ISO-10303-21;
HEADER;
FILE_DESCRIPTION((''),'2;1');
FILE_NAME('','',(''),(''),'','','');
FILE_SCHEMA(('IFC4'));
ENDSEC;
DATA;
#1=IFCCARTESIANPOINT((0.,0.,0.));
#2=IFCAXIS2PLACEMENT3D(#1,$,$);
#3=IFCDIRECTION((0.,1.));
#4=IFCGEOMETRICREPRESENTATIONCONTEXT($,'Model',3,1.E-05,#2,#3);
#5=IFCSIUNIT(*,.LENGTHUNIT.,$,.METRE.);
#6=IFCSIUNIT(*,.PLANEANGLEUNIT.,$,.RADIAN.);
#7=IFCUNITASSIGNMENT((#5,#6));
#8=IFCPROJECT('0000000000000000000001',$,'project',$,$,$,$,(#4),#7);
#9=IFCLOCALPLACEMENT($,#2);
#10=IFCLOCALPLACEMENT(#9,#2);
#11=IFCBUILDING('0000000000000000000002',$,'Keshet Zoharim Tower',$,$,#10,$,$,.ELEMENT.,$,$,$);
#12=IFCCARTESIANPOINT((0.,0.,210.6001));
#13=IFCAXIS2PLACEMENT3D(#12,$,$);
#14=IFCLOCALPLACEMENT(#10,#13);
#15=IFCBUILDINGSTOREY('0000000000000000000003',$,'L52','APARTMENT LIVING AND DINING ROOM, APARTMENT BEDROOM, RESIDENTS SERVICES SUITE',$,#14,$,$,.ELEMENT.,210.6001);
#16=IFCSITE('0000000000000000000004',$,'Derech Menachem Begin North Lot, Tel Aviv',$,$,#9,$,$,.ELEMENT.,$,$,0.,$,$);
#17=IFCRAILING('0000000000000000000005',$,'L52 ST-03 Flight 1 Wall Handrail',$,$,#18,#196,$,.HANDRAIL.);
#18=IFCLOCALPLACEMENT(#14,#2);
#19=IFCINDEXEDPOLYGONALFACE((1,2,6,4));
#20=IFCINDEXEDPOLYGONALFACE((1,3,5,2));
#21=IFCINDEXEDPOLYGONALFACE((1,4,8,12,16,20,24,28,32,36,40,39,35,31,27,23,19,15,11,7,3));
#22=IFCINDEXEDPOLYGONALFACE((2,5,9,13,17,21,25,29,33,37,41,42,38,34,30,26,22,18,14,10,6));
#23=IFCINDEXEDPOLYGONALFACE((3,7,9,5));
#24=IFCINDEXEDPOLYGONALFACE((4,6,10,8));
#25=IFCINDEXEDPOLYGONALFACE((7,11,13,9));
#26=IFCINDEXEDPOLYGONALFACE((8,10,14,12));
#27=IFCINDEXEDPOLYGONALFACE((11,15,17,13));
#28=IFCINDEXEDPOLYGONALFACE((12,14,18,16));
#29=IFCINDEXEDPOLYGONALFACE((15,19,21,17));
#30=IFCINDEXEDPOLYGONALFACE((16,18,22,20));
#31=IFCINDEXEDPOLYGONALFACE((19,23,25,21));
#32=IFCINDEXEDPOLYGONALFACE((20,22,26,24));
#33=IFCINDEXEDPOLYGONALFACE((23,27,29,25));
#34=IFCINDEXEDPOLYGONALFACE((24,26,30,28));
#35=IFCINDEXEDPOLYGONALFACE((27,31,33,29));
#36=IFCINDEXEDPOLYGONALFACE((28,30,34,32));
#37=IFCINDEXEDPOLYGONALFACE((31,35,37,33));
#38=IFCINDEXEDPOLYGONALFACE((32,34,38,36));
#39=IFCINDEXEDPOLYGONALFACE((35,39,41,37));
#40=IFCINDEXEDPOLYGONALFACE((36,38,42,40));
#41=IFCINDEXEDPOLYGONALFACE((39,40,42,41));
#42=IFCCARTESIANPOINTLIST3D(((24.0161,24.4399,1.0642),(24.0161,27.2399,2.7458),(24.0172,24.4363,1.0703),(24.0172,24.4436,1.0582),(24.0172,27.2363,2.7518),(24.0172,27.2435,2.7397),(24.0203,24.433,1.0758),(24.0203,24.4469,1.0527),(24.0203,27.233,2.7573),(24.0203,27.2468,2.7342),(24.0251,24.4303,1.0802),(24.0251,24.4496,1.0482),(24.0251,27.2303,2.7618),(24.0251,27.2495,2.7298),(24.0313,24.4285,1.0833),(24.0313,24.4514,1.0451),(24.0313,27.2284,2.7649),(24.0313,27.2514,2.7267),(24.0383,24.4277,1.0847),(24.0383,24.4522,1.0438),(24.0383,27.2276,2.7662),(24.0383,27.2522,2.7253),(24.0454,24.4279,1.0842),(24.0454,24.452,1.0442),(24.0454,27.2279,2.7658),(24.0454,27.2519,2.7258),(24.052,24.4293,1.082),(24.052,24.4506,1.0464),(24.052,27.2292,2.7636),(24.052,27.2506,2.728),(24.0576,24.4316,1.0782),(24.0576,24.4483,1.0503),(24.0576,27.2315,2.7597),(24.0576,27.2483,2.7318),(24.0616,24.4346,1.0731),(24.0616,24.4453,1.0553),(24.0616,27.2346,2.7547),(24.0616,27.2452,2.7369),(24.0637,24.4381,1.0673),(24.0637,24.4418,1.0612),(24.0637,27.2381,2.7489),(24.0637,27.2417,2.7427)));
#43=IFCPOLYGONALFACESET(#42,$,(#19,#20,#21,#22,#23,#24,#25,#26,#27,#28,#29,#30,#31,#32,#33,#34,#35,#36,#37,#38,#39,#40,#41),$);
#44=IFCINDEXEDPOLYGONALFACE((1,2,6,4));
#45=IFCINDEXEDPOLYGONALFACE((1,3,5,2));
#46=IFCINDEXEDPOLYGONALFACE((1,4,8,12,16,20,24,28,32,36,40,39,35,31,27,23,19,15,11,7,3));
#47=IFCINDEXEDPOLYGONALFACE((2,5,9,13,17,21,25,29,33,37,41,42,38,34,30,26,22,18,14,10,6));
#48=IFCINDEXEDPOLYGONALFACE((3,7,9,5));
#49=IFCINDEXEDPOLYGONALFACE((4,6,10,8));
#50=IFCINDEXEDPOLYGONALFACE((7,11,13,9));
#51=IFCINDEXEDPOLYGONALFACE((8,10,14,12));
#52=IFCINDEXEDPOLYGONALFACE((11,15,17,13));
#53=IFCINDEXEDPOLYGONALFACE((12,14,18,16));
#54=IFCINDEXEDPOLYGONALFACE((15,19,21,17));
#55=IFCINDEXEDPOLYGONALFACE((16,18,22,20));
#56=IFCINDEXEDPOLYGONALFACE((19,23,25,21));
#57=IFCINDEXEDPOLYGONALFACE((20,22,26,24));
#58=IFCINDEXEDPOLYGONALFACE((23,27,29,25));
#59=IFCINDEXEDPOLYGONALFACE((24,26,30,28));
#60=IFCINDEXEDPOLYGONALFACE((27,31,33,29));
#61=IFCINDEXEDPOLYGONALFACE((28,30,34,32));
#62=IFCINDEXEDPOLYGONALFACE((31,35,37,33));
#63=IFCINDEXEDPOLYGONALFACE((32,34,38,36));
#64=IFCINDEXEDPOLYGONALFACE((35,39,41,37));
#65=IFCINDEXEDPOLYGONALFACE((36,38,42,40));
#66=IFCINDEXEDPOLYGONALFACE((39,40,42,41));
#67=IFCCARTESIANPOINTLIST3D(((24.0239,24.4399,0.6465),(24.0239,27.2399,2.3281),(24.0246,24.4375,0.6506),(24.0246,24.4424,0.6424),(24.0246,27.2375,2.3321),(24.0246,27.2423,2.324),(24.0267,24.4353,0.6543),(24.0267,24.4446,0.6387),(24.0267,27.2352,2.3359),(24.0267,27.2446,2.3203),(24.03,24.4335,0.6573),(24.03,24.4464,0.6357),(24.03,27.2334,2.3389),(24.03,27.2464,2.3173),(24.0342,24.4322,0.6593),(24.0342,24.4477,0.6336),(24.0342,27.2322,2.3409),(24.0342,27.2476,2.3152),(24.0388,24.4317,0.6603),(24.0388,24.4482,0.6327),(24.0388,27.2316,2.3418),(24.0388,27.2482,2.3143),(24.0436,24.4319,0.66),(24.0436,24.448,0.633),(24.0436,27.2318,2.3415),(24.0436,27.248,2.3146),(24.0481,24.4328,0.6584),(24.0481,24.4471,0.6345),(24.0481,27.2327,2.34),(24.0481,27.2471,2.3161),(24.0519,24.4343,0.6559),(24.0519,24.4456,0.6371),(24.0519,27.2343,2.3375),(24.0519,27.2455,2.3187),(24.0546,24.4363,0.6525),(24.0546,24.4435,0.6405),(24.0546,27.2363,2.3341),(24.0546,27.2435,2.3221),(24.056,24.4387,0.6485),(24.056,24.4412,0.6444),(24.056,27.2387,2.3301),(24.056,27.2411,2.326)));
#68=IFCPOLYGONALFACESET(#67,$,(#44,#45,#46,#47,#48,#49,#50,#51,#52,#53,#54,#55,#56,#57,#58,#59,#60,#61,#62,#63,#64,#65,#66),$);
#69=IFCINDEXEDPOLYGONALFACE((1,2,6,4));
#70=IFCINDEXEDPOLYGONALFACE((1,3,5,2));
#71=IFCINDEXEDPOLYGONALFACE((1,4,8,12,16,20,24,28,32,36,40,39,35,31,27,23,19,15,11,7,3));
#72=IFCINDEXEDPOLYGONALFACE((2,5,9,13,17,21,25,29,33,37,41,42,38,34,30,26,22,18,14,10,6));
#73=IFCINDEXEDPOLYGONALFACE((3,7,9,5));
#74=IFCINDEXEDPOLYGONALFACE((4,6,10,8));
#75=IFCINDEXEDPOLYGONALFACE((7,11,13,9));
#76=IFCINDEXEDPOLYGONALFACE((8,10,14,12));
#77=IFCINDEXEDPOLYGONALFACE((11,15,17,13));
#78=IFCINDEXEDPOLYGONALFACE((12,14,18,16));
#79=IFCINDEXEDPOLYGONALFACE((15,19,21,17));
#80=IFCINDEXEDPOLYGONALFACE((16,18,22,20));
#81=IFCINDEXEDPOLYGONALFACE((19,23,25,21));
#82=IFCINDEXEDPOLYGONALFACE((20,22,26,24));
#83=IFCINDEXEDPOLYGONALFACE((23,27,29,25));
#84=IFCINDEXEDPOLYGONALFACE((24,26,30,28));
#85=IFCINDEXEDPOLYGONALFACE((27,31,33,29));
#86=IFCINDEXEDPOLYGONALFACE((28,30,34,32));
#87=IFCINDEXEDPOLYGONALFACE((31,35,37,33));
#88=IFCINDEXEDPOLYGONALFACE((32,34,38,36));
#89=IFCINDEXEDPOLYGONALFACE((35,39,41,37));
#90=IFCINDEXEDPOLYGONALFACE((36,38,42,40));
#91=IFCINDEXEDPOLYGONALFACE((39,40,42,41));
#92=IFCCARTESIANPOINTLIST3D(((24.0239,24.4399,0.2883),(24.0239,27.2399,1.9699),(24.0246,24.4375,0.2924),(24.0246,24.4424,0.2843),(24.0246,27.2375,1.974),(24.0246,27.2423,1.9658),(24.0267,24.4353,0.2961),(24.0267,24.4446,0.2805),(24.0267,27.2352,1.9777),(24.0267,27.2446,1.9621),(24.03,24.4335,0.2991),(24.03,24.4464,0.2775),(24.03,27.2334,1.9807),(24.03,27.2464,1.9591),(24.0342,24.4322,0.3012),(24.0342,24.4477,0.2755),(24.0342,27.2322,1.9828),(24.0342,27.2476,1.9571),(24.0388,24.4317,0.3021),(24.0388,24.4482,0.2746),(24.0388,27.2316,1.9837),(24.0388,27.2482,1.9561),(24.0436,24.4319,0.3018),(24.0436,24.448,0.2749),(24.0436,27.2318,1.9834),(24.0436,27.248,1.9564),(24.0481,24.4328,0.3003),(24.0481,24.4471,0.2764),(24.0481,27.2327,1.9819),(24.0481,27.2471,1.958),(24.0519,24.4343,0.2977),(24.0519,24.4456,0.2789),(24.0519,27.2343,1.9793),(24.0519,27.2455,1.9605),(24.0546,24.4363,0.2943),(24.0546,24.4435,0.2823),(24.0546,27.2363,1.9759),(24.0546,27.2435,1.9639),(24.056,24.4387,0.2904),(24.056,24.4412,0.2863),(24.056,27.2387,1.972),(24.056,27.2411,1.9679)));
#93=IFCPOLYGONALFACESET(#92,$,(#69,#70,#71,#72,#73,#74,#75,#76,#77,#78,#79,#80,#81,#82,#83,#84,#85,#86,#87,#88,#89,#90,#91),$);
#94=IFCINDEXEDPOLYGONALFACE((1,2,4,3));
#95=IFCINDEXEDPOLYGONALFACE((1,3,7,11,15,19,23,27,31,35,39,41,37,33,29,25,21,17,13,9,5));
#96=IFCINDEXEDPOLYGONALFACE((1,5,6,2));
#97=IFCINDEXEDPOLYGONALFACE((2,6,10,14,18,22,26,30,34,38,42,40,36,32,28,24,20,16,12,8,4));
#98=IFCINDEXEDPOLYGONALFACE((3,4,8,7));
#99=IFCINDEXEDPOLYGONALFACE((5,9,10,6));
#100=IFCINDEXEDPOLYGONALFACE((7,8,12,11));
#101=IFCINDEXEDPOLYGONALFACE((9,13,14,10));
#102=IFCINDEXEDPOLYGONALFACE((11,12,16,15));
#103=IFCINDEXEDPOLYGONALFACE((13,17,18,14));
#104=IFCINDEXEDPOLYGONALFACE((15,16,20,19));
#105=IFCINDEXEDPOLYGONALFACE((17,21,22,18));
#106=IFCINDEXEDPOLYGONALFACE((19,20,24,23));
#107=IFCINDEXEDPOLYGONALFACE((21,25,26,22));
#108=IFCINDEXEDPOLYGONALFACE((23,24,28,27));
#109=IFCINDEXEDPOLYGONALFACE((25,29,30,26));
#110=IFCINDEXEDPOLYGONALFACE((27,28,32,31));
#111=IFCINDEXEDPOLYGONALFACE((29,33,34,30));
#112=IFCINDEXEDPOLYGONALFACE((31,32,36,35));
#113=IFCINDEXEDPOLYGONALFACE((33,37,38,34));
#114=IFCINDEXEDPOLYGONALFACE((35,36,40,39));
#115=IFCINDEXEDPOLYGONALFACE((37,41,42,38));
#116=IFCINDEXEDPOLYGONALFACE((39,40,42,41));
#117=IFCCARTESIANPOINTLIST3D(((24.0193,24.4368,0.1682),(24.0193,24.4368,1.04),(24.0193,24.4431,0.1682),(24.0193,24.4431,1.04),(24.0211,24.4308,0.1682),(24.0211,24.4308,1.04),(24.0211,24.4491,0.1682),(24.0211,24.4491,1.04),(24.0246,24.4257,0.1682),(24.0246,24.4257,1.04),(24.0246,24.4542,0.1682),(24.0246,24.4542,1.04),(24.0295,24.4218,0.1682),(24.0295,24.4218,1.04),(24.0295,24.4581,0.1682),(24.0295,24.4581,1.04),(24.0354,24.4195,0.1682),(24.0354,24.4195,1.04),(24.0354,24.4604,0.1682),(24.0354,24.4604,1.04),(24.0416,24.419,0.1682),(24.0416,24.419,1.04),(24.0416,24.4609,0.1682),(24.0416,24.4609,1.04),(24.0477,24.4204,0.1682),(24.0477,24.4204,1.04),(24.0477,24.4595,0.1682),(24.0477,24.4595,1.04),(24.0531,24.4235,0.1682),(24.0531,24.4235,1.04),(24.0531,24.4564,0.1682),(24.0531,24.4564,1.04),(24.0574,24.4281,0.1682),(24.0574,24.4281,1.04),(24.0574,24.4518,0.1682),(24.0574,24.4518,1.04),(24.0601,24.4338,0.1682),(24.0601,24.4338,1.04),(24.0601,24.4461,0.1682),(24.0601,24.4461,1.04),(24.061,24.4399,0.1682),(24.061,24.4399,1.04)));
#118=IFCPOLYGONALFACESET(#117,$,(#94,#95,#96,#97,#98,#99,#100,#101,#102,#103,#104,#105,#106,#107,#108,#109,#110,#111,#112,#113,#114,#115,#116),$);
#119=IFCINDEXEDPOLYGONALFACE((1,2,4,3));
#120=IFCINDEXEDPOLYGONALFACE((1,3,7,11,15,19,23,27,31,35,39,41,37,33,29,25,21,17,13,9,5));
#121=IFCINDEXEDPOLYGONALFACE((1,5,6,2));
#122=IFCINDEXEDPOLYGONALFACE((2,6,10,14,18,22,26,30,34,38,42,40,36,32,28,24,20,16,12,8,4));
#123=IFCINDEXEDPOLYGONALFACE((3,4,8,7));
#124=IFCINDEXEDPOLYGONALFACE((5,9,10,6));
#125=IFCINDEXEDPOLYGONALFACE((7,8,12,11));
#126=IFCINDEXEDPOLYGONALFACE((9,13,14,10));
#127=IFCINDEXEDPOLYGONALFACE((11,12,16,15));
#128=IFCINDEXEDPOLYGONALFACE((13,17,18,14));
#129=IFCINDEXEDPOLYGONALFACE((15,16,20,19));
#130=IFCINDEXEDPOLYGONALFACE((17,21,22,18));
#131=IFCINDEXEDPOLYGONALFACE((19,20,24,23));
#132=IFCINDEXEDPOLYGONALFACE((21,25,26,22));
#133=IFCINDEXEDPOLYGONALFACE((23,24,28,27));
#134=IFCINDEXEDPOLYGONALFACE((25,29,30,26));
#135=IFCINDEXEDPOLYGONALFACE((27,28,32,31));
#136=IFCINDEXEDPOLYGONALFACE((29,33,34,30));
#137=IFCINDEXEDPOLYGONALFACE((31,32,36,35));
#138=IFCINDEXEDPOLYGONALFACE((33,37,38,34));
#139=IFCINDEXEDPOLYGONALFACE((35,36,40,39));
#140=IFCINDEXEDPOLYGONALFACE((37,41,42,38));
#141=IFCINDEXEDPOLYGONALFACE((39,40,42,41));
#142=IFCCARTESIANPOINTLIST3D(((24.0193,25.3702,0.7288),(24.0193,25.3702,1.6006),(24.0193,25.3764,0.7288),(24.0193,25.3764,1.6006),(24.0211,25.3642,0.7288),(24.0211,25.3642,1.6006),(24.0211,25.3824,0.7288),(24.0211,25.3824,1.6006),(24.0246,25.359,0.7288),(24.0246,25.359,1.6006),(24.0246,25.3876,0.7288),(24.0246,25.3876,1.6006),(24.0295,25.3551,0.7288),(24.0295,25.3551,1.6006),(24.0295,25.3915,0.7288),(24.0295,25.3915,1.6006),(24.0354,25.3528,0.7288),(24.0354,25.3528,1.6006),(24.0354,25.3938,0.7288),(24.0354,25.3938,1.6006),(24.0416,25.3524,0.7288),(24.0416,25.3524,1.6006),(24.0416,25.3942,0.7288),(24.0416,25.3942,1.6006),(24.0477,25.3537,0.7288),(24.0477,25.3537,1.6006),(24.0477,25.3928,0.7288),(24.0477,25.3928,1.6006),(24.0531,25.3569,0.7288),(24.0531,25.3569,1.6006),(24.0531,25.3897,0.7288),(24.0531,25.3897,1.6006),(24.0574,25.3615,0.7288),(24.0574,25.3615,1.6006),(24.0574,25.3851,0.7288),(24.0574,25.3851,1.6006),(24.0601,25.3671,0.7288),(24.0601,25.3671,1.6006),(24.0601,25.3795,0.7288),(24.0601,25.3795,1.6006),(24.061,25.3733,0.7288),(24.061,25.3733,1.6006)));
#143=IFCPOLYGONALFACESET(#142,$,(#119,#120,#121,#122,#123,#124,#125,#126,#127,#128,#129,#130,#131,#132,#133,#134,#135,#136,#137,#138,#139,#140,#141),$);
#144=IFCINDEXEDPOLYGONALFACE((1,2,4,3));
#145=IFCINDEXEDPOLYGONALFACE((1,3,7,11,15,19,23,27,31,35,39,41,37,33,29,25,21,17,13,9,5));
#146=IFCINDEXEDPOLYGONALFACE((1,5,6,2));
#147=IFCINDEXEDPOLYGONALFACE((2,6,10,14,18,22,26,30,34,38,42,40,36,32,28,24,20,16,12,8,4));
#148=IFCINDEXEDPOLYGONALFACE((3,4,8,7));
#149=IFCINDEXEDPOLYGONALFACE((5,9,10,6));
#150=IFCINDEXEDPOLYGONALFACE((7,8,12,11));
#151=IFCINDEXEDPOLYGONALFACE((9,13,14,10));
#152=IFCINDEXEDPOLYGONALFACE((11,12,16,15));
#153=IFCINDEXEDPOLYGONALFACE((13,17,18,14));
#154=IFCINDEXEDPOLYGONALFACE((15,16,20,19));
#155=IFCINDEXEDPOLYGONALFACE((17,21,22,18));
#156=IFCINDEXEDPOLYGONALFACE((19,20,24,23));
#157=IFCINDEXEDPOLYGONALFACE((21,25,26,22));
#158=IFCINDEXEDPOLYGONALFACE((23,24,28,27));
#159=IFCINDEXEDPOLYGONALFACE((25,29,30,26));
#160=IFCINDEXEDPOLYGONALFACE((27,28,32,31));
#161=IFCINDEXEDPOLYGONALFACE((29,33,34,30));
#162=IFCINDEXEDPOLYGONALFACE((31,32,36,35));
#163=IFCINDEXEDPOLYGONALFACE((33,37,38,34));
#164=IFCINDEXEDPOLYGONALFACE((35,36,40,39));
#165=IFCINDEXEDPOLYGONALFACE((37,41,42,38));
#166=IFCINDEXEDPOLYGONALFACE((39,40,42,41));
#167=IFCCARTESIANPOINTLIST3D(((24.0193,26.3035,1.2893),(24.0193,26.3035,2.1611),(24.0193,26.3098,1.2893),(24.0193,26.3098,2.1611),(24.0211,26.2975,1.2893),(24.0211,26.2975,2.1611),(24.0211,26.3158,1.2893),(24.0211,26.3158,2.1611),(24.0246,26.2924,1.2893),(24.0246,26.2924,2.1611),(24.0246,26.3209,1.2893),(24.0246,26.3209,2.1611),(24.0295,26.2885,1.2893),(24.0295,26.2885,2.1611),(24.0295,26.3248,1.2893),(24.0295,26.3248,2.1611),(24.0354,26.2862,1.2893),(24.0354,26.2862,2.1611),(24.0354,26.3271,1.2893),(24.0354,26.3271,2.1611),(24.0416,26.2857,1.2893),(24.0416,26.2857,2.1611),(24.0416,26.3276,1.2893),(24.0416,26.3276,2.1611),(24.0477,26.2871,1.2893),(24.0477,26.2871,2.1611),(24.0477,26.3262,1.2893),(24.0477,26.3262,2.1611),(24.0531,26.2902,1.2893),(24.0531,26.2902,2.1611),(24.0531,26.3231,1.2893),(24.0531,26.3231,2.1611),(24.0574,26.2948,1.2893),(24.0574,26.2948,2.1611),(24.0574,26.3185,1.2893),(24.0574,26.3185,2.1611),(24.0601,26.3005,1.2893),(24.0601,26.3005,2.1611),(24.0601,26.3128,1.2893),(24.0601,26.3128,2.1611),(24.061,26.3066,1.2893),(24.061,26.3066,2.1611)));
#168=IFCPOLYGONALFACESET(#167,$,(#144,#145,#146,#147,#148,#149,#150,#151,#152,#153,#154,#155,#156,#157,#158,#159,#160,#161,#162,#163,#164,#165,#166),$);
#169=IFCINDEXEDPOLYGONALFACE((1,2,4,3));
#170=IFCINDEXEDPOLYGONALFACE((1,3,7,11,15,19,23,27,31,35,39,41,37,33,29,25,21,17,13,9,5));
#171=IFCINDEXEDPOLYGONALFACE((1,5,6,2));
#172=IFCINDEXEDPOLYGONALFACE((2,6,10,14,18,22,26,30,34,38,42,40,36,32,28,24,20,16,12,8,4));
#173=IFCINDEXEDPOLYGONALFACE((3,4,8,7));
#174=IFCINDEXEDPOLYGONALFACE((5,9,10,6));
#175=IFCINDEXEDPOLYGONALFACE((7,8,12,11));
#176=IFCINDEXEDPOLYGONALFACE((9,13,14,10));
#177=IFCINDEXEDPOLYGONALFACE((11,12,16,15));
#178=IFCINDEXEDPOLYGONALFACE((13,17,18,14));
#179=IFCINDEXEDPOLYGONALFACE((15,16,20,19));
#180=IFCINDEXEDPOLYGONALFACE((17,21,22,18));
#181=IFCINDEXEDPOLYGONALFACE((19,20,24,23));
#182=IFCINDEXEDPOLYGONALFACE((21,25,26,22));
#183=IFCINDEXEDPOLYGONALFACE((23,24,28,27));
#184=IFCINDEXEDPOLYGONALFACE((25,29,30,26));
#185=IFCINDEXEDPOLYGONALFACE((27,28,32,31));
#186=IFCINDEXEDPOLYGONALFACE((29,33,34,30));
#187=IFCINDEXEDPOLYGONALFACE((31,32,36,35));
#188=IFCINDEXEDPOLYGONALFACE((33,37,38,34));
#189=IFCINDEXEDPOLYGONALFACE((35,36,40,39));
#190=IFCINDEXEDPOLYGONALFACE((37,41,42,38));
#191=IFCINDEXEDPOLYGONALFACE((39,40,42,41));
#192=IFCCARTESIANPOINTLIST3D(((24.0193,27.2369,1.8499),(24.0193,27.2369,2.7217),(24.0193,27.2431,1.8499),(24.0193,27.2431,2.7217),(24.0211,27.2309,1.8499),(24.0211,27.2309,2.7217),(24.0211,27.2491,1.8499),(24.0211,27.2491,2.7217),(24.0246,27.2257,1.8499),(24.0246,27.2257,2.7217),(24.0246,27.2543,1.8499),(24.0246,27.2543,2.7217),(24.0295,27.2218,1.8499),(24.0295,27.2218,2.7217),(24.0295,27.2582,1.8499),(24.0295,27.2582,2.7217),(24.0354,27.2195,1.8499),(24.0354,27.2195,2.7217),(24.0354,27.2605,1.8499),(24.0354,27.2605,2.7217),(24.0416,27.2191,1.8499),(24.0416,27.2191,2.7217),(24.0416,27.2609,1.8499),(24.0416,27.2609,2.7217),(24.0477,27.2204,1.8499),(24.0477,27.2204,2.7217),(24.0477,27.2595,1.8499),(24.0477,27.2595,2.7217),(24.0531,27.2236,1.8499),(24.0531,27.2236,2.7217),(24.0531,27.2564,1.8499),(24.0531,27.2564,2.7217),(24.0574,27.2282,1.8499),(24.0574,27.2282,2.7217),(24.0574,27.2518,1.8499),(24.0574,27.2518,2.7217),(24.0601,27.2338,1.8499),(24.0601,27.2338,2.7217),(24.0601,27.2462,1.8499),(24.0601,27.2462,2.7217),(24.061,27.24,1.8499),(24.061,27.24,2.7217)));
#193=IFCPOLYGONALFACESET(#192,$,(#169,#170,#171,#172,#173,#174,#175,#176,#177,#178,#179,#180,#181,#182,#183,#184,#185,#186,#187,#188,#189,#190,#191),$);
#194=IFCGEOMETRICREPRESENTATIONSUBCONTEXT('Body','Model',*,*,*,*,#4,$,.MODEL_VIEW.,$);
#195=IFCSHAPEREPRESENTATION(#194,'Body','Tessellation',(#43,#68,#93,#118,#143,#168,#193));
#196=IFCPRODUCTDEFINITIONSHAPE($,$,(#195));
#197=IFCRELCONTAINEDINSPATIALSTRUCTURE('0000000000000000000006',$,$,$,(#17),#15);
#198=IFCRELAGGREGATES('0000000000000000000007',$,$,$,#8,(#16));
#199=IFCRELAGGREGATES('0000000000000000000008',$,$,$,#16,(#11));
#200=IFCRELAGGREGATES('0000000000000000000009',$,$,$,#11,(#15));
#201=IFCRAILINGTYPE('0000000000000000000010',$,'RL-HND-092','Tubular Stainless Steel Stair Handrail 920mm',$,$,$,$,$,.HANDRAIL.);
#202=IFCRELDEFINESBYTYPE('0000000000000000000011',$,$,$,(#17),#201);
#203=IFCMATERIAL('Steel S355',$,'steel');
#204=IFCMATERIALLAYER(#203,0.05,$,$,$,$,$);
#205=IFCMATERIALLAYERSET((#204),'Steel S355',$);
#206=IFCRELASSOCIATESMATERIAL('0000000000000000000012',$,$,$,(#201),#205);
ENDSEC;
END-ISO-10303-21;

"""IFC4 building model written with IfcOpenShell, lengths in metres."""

from ifc_helpers import new_model, si_unit, direction, frame, origin, origin_2d, place, context, subcontext, project, spatial, circle, extrude, material, layer, layer_set, type_object, element, save


model = new_model("IFC4")

# Units and contexts
model_context = context("Model", 3, precision=1e-05, world=origin(), true_north=direction((0.0, 1.0)))
body_context = subcontext(model_context, "Body", "Model", "MODEL_VIEW")
ifc_project = project(units=[si_unit("LENGTHUNIT", "METRE"), si_unit("PLANEANGLEUNIT", "RADIAN")], contexts=[model_context])

# Site, building, storey
site_placement = place(None, origin())
site = spatial("IfcSite", under=ifc_project, at=site_placement, Name="Derech Menachem Begin North Lot, Tel Aviv", CompositionType="ELEMENT", RefElevation=0.0)
building_placement = place(site_placement, origin())
building = spatial("IfcBuilding", under=site, at=building_placement, Name="Keshet Zoharim Tower", CompositionType="ELEMENT")
storey_placement = place(building_placement, frame((0.0, 0.0, 210.6001)))
storey = spatial("IfcBuildingStorey", under=building, at=storey_placement, Name="L52", Description="APARTMENT LIVING AND DINING ROOM, APARTMENT BEDROOM, RESIDENTS SERVICES SUITE", CompositionType="ELEMENT", Elevation=210.6001)

# Shared definitions
ifc_material_1 = material(Name="Steel S355", Category="steel")

# Railing
ifc_layer_1 = layer(ifc_material_1, 0.05)
ifc_layer_set_1 = layer_set([ifc_layer_1], Name="Steel S355")
railing_type_1 = type_object("IfcRailingType", Name="RL-HND-092", Description="Tubular Stainless Steel Stair Handrail 920mm", PredefinedType="HANDRAIL", material=ifc_layer_set_1)
railing_1_placement = place(storey_placement, frame((24.04, 24.4399, 0.1682)))
element("IfcRailing", 1, at=railing_1_placement, inside=storey, type_object=railing_type_1, Name="L52 ST-03 Flight 1 Wall Handrail", PredefinedType="HANDRAIL", context=body_context, shape_type="SweptSolid", body=[
    extrude(circle(Radius=0.0239, at=origin_2d()), frame((0.0, 0.0, 0.896), z_axis=(0.0, 0.857275, 0.514858), x_axis=(-1.0, 0.0, 0.0)), (0.0, 0.0, 1.0), 3.2661),
    extrude(circle(Radius=0.0161, at=origin_2d()), frame((0.0, 0.0, 0.4783), z_axis=(0.0, 0.857275, 0.514858), x_axis=(-1.0, 0.0, 0.0)), (0.0, 0.0, 1.0), 3.2661),
    extrude(circle(Radius=0.0161, at=origin_2d()), frame((0.0, 0.0, 0.1201), z_axis=(0.0, 0.857275, 0.514858), x_axis=(-1.0, 0.0, 0.0)), (0.0, 0.0, 1.0), 3.2661),
    extrude(circle(Radius=0.021, at=origin_2d()), origin(), (0.0, 0.0, 1.0), 0.8718),
    extrude(circle(Radius=0.021, at=origin_2d()), frame((0.0, 0.9333, 0.5605)), (0.0, 0.0, 1.0), 0.8718),
    extrude(circle(Radius=0.021, at=origin_2d()), frame((0.0, 1.8667, 1.1211)), (0.0, 0.0, 1.0), 0.8718),
    extrude(circle(Radius=0.021, at=origin_2d()), frame((0.0, 2.8, 1.6816)), (0.0, 0.0, 1.0), 0.8718),
])

save(model, "model.ifc")
